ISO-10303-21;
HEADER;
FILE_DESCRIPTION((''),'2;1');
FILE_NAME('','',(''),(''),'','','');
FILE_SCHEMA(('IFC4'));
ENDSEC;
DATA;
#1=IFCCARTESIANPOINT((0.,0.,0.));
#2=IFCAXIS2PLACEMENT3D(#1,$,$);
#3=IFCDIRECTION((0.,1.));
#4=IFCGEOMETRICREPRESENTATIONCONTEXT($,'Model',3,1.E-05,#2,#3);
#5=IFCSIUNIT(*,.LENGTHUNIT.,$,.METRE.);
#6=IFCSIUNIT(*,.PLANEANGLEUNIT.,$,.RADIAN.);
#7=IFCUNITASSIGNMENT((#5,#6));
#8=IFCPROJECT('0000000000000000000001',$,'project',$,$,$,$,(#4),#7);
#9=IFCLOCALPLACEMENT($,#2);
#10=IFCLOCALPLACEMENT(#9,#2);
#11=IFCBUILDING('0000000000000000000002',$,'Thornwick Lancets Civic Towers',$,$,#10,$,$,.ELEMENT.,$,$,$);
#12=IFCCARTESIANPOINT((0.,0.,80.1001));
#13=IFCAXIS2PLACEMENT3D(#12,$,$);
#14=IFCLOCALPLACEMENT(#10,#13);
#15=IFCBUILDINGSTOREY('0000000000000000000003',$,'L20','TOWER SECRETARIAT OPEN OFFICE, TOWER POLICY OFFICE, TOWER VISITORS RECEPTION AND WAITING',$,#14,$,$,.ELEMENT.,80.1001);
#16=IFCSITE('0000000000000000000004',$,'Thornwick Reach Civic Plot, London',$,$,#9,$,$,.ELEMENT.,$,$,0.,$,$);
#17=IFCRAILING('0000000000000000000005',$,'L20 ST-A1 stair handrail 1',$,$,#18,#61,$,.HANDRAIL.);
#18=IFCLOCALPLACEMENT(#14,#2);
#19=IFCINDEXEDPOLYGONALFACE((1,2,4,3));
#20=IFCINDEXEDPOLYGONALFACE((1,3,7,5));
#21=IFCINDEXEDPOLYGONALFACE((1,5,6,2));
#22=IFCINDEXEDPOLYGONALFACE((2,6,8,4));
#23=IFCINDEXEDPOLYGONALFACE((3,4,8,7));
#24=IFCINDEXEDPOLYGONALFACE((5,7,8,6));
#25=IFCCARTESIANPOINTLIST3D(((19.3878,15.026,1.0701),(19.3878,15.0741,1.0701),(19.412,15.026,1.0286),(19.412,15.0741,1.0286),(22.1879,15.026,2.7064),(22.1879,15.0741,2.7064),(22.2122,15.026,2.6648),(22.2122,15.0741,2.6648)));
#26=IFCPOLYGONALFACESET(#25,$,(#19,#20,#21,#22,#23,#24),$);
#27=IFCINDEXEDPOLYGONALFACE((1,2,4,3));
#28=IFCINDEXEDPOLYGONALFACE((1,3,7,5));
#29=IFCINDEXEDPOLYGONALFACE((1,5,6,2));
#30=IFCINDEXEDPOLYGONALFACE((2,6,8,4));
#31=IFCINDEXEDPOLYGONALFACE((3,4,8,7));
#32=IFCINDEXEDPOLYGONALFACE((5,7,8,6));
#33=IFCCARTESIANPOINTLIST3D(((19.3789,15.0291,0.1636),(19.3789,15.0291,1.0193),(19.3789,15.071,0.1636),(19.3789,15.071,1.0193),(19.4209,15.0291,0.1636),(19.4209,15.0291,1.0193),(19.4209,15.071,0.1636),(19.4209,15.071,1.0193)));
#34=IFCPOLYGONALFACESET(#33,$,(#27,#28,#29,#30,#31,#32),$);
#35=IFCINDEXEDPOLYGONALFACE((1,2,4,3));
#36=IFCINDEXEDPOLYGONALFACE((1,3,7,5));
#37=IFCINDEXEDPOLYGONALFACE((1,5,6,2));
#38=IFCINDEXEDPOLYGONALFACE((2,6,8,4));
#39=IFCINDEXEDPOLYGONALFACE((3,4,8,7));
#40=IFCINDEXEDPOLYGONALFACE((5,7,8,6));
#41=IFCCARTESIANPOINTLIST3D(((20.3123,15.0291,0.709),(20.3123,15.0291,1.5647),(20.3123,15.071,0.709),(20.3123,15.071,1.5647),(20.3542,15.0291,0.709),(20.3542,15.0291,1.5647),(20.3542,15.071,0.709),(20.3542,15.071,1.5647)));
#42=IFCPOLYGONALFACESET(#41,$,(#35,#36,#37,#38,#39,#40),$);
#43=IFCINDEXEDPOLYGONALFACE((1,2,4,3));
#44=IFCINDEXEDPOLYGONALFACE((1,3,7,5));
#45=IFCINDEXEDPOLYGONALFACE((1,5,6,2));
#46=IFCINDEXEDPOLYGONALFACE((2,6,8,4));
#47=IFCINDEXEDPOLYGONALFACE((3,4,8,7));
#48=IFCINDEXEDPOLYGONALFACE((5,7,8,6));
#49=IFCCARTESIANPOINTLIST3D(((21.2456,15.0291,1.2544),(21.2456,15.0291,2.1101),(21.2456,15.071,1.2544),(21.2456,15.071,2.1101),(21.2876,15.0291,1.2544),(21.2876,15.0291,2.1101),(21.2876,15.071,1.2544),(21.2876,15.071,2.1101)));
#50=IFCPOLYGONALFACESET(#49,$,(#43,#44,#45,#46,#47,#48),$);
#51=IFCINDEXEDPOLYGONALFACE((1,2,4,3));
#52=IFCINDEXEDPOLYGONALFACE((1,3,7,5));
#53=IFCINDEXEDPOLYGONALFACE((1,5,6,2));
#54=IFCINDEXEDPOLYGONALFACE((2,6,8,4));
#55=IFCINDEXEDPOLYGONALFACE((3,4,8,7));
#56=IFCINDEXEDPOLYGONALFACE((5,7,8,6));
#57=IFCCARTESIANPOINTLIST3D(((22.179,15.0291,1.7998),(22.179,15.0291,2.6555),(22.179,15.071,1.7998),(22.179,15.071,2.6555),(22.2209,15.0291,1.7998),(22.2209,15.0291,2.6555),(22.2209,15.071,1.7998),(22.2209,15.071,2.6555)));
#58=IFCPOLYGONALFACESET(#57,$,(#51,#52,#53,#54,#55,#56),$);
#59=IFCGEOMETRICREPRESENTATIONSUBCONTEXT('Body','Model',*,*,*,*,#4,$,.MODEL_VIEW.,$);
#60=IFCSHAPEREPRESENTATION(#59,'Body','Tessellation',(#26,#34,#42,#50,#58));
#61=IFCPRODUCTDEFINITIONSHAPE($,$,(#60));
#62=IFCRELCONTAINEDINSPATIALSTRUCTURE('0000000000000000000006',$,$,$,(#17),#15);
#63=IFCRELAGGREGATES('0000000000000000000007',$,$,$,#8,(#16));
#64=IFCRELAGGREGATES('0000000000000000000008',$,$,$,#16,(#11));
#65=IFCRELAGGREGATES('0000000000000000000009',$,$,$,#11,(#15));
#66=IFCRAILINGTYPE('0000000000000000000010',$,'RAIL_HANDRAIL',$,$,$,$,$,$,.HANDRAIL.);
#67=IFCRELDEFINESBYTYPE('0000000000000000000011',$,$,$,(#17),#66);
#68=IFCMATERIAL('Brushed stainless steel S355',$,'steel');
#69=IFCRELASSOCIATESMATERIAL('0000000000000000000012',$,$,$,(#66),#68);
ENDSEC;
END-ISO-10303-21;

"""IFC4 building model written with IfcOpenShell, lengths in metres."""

from ifc_helpers import new_model, si_unit, direction, frame, origin, origin_2d, place, context, subcontext, project, spatial, rectangle, extrude, material, type_object, element, save


model = new_model("IFC4")

# Units and contexts
model_context = context("Model", 3, precision=1e-05, world=origin(), true_north=direction((0.0, 1.0)))
body_context = subcontext(model_context, "Body", "Model", "MODEL_VIEW")
ifc_project = project(units=[si_unit("LENGTHUNIT", "METRE"), si_unit("PLANEANGLEUNIT", "RADIAN")], contexts=[model_context])

# Site, building, storey
site_placement = place(None, origin())
site = spatial("IfcSite", under=ifc_project, at=site_placement, Name="Thornwick Reach Civic Plot, London", CompositionType="ELEMENT", RefElevation=0.0)
building_placement = place(site_placement, origin())
building = spatial("IfcBuilding", under=site, at=building_placement, Name="Thornwick Lancets Civic Towers", CompositionType="ELEMENT")
storey_placement = place(building_placement, frame((0.0, 0.0, 80.1001)))
storey = spatial("IfcBuildingStorey", under=building, at=storey_placement, Name="L20", Description="TOWER SECRETARIAT OPEN OFFICE, TOWER POLICY OFFICE, TOWER VISITORS RECEPTION AND WAITING", CompositionType="ELEMENT", Elevation=80.1001)

# Railing
ifc_material_1 = material(Name="Brushed stainless steel S355", Category="steel")
railing_type = type_object("IfcRailingType", Name="RAIL_HANDRAIL", PredefinedType="HANDRAIL", material=ifc_material_1)
railing_placement = place(storey_placement, frame((19.3999, 15.05, 0.1636)))
element("IfcRailing", 1, at=railing_placement, inside=storey, type_object=railing_type, Name="L20 ST-A1 stair handrail 1", PredefinedType="HANDRAIL", context=body_context, shape_type="SweptSolid", body=[
    extrude(rectangle(XDim=0.0481, YDim=0.0481, at=origin_2d()), frame((0.0, 0.0, 0.8857), z_axis=(0.863394, 0.0, 0.504531), x_axis=(0.0, 1.0, 0.0)), (0.0, 0.0, 1.0), 3.2432),
    extrude(rectangle(XDim=0.042, YDim=0.042, at=origin_2d()), origin(), (0.0, 0.0, 1.0), 0.8557),
    extrude(rectangle(XDim=0.042, YDim=0.042, at=origin_2d()), frame((0.9333, 0.0, 0.5454)), (0.0, 0.0, 1.0), 0.8557),
    extrude(rectangle(XDim=0.042, YDim=0.042, at=origin_2d()), frame((1.8667, 0.0, 1.0908)), (0.0, 0.0, 1.0), 0.8557),
    extrude(rectangle(XDim=0.042, YDim=0.042, at=origin_2d()), frame((2.8, 0.0, 1.6362)), (0.0, 0.0, 1.0), 0.8557),
])

save(model, "model.ifc")
